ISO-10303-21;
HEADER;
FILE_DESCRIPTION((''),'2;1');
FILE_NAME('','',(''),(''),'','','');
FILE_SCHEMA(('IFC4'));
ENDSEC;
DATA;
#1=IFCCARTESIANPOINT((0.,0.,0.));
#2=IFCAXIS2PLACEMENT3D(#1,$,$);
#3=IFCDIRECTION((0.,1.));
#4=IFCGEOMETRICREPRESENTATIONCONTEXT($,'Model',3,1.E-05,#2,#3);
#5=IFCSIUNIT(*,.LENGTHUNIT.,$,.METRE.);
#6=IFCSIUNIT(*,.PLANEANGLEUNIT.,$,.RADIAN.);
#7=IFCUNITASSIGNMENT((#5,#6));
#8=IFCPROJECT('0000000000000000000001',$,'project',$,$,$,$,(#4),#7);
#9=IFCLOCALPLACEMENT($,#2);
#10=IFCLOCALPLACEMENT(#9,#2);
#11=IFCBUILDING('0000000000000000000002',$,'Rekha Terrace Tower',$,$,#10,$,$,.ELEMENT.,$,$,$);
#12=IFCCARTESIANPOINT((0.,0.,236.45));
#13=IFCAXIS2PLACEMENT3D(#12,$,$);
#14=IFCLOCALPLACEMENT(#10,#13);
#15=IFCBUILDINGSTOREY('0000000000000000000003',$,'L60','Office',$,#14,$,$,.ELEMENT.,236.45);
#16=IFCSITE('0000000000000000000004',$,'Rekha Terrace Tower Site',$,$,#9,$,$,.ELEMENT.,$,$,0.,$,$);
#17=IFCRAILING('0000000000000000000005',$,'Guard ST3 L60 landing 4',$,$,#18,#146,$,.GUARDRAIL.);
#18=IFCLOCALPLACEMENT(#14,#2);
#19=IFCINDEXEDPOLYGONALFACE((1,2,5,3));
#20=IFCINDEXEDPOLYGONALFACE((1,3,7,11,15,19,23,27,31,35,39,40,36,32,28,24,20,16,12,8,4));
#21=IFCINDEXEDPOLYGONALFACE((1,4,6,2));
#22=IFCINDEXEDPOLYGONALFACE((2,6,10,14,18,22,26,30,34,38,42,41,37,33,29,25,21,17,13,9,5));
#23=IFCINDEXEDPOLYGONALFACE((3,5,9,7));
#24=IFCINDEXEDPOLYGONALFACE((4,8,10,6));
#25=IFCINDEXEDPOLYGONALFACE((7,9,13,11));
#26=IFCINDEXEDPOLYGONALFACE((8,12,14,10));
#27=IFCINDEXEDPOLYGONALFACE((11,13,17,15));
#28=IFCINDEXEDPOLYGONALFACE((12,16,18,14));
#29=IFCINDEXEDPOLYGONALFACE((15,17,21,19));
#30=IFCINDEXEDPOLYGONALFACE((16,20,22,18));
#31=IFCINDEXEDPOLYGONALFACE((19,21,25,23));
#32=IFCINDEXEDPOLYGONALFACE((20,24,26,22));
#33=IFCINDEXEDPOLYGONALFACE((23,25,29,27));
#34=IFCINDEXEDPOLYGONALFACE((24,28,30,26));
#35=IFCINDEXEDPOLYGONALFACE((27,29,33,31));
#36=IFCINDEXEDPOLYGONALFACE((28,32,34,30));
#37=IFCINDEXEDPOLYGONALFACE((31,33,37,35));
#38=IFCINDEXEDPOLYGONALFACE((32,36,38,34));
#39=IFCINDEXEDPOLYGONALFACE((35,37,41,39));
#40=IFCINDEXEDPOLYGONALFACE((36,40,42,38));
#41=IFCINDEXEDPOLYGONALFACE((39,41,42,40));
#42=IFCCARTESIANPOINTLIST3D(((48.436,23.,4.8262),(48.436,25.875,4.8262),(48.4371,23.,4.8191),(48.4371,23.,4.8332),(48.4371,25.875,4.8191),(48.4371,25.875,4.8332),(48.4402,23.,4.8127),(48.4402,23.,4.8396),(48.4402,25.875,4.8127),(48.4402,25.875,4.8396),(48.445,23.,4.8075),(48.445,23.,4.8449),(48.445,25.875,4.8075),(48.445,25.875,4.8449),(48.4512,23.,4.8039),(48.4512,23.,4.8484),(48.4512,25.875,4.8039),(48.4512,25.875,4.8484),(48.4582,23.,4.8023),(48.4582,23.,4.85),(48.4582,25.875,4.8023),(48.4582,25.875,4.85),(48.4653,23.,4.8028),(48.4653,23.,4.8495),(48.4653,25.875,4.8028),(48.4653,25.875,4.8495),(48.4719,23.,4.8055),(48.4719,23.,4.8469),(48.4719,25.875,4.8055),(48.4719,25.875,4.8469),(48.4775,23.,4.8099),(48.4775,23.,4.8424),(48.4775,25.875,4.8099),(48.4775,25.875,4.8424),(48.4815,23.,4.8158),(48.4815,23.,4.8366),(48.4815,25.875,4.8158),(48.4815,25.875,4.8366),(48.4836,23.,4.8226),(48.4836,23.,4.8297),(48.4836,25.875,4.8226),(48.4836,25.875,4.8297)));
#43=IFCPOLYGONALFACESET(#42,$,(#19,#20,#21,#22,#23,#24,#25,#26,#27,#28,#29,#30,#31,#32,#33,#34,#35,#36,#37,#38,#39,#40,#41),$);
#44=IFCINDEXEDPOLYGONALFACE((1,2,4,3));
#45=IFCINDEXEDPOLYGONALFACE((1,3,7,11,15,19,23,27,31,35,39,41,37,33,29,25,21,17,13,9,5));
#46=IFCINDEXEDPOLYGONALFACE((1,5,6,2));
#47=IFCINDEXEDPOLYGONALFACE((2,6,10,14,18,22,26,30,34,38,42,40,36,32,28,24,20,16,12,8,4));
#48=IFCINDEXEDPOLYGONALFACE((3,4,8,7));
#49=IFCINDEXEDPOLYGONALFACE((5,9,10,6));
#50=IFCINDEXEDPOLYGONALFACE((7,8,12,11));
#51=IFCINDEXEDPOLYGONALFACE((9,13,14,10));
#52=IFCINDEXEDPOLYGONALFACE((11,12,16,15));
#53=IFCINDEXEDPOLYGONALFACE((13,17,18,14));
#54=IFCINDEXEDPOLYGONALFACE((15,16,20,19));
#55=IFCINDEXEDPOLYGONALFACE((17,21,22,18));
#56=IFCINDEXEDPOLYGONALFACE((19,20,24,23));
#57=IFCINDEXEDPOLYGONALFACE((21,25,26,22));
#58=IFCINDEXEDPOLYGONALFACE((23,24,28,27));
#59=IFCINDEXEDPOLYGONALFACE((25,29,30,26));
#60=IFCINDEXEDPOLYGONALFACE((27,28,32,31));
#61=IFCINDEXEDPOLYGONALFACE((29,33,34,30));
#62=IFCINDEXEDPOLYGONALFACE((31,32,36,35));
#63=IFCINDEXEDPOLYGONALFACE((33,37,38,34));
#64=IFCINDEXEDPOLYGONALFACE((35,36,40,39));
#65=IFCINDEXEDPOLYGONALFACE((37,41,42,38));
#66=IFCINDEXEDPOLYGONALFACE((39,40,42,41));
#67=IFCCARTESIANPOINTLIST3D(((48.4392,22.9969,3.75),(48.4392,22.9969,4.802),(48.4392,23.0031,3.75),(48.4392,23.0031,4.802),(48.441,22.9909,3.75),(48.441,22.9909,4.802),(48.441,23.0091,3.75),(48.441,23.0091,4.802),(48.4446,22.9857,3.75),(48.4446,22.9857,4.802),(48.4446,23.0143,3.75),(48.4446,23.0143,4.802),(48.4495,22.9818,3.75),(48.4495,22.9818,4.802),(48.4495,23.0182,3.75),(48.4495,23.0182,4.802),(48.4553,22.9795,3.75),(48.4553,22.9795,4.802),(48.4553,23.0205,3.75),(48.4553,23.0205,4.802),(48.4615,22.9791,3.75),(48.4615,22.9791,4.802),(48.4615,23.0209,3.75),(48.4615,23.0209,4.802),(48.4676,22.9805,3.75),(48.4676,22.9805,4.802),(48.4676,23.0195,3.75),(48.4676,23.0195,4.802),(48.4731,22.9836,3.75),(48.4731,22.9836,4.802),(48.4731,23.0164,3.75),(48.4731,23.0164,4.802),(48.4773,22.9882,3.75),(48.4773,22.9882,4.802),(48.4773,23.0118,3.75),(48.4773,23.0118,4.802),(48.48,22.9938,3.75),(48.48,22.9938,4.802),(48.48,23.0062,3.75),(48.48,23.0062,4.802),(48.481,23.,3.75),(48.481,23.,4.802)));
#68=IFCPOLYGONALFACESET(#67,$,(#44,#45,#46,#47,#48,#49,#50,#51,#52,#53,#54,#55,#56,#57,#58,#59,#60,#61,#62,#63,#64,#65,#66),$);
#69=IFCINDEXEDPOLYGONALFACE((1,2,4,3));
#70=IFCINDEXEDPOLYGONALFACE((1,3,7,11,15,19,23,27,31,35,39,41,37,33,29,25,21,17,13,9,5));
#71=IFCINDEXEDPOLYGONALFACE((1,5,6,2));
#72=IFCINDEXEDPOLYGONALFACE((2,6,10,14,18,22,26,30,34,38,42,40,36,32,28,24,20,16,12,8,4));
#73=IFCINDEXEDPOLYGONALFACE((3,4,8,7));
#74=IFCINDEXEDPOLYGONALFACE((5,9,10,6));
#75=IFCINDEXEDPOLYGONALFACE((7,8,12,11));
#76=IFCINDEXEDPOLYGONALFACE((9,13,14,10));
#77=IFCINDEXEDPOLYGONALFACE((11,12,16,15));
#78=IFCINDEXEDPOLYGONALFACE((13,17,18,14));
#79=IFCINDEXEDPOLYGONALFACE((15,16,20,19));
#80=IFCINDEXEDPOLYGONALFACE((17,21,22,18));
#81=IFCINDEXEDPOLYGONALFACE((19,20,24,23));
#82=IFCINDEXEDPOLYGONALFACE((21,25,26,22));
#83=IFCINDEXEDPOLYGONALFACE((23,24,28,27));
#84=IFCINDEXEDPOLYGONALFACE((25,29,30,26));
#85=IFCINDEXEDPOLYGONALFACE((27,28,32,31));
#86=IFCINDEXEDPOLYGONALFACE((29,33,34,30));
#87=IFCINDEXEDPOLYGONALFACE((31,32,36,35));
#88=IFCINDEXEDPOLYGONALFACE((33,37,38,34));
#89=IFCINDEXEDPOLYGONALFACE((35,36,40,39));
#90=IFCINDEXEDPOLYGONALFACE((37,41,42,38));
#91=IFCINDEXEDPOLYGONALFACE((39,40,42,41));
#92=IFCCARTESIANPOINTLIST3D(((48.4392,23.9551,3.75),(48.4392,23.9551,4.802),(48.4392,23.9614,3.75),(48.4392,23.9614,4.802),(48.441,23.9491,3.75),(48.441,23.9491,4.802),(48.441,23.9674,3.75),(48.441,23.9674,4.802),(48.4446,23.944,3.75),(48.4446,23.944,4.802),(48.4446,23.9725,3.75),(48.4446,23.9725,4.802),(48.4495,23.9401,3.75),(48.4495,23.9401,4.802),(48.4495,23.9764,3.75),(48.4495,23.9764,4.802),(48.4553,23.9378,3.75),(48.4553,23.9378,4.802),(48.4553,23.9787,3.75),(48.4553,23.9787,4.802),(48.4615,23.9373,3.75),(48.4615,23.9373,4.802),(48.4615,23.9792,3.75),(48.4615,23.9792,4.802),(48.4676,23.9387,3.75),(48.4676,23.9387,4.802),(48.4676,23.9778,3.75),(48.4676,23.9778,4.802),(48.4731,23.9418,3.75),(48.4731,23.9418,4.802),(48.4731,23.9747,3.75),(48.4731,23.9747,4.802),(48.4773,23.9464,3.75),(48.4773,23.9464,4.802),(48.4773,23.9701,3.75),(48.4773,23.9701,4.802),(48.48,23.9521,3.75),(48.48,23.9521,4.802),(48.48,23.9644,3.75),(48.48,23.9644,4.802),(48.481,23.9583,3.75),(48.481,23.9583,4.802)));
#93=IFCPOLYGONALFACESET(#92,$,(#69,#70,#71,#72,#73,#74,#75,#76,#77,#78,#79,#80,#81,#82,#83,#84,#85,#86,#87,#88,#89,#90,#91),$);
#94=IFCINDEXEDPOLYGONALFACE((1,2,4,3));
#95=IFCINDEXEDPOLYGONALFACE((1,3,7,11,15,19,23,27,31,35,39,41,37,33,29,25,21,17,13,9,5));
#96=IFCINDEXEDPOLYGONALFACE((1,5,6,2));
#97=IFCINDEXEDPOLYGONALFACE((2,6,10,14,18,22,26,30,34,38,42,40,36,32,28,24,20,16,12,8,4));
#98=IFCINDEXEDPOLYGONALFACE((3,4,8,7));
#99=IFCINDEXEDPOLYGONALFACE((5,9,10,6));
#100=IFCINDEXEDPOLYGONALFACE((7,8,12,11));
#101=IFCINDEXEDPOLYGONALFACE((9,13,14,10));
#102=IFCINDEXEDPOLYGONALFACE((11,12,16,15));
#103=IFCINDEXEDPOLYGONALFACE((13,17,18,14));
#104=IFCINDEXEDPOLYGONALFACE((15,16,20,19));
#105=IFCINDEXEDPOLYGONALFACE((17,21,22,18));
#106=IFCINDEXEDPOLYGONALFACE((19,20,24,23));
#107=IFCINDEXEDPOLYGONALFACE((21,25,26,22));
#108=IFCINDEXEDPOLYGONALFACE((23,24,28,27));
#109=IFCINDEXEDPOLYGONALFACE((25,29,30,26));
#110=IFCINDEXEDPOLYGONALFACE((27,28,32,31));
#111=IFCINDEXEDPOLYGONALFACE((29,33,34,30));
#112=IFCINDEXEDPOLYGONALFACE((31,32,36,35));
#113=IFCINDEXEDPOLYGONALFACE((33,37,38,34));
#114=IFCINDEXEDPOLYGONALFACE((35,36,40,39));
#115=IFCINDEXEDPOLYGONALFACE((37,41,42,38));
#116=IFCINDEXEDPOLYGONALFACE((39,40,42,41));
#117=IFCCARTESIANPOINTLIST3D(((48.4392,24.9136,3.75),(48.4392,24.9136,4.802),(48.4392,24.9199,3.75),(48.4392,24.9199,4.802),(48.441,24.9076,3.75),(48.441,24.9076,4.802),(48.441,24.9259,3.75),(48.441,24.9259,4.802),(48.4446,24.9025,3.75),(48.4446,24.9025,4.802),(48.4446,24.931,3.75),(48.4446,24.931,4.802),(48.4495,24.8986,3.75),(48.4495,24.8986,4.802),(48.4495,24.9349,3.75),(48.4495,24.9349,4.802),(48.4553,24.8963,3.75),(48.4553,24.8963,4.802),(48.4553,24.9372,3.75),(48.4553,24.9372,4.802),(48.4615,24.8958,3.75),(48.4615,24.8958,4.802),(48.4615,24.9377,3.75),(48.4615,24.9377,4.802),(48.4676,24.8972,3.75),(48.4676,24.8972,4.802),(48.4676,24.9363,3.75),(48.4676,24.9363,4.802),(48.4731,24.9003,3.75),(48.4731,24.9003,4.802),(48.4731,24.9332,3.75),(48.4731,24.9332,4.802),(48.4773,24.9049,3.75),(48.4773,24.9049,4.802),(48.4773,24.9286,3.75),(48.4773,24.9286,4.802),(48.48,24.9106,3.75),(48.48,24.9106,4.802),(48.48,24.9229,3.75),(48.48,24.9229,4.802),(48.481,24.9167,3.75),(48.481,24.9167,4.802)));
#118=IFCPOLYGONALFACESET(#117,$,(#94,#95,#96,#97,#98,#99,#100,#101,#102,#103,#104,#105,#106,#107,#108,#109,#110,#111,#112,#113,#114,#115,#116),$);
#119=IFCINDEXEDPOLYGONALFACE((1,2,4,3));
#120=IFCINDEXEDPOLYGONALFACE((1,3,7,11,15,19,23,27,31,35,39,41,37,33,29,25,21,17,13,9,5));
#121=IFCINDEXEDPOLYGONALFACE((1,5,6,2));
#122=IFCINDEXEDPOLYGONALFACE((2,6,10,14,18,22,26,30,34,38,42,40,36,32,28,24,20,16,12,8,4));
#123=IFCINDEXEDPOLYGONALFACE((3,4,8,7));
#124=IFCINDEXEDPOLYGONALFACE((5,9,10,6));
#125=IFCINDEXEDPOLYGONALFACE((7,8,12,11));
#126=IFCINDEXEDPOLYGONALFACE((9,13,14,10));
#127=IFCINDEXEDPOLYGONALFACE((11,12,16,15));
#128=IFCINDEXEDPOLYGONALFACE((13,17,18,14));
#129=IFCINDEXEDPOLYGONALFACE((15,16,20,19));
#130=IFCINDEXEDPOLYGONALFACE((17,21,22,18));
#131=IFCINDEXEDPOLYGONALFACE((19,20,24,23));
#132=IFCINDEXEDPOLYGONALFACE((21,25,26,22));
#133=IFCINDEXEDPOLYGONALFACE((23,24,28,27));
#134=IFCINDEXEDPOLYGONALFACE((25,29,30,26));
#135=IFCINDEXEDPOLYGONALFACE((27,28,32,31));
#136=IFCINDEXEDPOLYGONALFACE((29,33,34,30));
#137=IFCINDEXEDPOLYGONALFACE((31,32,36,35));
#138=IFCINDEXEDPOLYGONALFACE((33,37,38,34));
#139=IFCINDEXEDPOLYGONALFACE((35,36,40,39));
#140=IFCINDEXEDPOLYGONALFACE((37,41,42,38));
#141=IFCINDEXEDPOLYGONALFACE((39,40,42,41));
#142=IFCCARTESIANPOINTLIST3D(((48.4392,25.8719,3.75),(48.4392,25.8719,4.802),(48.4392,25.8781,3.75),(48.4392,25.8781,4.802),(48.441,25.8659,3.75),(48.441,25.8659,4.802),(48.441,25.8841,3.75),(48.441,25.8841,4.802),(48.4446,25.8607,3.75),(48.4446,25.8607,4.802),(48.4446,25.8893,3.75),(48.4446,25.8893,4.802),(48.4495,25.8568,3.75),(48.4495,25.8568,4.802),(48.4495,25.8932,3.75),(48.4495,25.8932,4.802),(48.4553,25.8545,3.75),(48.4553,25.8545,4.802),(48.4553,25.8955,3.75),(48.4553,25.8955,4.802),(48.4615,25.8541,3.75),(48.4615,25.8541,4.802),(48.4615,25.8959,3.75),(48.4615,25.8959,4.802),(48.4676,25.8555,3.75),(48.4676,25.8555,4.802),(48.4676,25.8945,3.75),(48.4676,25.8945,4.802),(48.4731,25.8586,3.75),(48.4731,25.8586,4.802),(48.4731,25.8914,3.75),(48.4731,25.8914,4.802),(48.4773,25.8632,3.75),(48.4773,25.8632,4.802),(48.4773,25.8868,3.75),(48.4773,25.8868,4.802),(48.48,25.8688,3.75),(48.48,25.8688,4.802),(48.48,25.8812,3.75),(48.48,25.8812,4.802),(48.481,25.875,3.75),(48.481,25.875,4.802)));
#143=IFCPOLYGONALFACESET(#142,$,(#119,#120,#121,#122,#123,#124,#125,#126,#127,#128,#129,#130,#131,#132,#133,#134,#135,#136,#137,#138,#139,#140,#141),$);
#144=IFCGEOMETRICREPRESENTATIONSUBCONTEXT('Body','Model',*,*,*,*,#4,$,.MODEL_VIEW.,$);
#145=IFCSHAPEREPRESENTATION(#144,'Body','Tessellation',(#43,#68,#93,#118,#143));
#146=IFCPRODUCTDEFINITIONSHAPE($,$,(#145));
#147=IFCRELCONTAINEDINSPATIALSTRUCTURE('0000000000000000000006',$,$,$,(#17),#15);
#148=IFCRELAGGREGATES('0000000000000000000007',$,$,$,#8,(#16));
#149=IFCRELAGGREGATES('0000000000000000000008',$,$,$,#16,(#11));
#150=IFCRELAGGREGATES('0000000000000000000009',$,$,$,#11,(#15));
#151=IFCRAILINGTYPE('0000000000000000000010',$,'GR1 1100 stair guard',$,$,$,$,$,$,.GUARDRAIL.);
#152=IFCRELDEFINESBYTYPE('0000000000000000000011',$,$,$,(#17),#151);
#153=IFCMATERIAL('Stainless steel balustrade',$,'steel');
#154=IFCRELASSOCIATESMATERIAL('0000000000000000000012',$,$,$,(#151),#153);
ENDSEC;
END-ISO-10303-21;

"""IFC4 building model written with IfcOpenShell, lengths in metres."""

from ifc_helpers import new_model, si_unit, direction, frame, origin, origin_2d, place, context, subcontext, project, spatial, circle, extrude, material, type_object, element, save


model = new_model("IFC4")

# Units and contexts
model_context = context("Model", 3, precision=1e-05, world=origin(), true_north=direction((0.0, 1.0)))
body_context = subcontext(model_context, "Body", "Model", "MODEL_VIEW")
ifc_project = project(units=[si_unit("LENGTHUNIT", "METRE"), si_unit("PLANEANGLEUNIT", "RADIAN")], contexts=[model_context])

# Site, building, storey
site_placement = place(None, origin())
site = spatial("IfcSite", under=ifc_project, at=site_placement, Name="Rekha Terrace Tower Site", CompositionType="ELEMENT", RefElevation=0.0)
building_placement = place(site_placement, origin())
building = spatial("IfcBuilding", under=site, at=building_placement, Name="Rekha Terrace Tower", CompositionType="ELEMENT")
storey_placement = place(building_placement, frame((0.0, 0.0, 236.45)))
storey = spatial("IfcBuildingStorey", under=building, at=storey_placement, Name="L60", Description="Office", CompositionType="ELEMENT", Elevation=236.45)

# Railing
ifc_material_1 = material(Name="Stainless steel balustrade", Category="steel")
railing_type_1 = type_object("IfcRailingType", Name="GR1 1100 stair guard", PredefinedType="GUARDRAIL", material=ifc_material_1)
railing_1_placement = place(storey_placement, frame((48.46, 23.0, 3.75)))
element("IfcRailing", 1, at=railing_1_placement, inside=storey, type_object=railing_type_1, Name="Guard ST3 L60 landing 4", PredefinedType="GUARDRAIL", context=body_context, shape_type="SweptSolid", body=[
    extrude(circle(Radius=0.0239, at=origin_2d()), frame((0.0, 0.0, 1.0762), z_axis=(0.0, 1.0, 0.0), x_axis=(-1.0, 0.0, 0.0)), (0.0, 0.0, 1.0), 2.875),
    extrude(circle(Radius=0.021, at=origin_2d()), origin(), (0.0, 0.0, 1.0), 1.052),
    extrude(circle(Radius=0.021, at=origin_2d()), frame((0.0, 0.9583, 0.0)), (0.0, 0.0, 1.0), 1.052),
    extrude(circle(Radius=0.021, at=origin_2d()), frame((0.0, 1.9167, 0.0)), (0.0, 0.0, 1.0), 1.052),
    extrude(circle(Radius=0.021, at=origin_2d()), frame((0.0, 2.875, 0.0)), (0.0, 0.0, 1.0), 1.052),
])

save(model, "model.ifc")
